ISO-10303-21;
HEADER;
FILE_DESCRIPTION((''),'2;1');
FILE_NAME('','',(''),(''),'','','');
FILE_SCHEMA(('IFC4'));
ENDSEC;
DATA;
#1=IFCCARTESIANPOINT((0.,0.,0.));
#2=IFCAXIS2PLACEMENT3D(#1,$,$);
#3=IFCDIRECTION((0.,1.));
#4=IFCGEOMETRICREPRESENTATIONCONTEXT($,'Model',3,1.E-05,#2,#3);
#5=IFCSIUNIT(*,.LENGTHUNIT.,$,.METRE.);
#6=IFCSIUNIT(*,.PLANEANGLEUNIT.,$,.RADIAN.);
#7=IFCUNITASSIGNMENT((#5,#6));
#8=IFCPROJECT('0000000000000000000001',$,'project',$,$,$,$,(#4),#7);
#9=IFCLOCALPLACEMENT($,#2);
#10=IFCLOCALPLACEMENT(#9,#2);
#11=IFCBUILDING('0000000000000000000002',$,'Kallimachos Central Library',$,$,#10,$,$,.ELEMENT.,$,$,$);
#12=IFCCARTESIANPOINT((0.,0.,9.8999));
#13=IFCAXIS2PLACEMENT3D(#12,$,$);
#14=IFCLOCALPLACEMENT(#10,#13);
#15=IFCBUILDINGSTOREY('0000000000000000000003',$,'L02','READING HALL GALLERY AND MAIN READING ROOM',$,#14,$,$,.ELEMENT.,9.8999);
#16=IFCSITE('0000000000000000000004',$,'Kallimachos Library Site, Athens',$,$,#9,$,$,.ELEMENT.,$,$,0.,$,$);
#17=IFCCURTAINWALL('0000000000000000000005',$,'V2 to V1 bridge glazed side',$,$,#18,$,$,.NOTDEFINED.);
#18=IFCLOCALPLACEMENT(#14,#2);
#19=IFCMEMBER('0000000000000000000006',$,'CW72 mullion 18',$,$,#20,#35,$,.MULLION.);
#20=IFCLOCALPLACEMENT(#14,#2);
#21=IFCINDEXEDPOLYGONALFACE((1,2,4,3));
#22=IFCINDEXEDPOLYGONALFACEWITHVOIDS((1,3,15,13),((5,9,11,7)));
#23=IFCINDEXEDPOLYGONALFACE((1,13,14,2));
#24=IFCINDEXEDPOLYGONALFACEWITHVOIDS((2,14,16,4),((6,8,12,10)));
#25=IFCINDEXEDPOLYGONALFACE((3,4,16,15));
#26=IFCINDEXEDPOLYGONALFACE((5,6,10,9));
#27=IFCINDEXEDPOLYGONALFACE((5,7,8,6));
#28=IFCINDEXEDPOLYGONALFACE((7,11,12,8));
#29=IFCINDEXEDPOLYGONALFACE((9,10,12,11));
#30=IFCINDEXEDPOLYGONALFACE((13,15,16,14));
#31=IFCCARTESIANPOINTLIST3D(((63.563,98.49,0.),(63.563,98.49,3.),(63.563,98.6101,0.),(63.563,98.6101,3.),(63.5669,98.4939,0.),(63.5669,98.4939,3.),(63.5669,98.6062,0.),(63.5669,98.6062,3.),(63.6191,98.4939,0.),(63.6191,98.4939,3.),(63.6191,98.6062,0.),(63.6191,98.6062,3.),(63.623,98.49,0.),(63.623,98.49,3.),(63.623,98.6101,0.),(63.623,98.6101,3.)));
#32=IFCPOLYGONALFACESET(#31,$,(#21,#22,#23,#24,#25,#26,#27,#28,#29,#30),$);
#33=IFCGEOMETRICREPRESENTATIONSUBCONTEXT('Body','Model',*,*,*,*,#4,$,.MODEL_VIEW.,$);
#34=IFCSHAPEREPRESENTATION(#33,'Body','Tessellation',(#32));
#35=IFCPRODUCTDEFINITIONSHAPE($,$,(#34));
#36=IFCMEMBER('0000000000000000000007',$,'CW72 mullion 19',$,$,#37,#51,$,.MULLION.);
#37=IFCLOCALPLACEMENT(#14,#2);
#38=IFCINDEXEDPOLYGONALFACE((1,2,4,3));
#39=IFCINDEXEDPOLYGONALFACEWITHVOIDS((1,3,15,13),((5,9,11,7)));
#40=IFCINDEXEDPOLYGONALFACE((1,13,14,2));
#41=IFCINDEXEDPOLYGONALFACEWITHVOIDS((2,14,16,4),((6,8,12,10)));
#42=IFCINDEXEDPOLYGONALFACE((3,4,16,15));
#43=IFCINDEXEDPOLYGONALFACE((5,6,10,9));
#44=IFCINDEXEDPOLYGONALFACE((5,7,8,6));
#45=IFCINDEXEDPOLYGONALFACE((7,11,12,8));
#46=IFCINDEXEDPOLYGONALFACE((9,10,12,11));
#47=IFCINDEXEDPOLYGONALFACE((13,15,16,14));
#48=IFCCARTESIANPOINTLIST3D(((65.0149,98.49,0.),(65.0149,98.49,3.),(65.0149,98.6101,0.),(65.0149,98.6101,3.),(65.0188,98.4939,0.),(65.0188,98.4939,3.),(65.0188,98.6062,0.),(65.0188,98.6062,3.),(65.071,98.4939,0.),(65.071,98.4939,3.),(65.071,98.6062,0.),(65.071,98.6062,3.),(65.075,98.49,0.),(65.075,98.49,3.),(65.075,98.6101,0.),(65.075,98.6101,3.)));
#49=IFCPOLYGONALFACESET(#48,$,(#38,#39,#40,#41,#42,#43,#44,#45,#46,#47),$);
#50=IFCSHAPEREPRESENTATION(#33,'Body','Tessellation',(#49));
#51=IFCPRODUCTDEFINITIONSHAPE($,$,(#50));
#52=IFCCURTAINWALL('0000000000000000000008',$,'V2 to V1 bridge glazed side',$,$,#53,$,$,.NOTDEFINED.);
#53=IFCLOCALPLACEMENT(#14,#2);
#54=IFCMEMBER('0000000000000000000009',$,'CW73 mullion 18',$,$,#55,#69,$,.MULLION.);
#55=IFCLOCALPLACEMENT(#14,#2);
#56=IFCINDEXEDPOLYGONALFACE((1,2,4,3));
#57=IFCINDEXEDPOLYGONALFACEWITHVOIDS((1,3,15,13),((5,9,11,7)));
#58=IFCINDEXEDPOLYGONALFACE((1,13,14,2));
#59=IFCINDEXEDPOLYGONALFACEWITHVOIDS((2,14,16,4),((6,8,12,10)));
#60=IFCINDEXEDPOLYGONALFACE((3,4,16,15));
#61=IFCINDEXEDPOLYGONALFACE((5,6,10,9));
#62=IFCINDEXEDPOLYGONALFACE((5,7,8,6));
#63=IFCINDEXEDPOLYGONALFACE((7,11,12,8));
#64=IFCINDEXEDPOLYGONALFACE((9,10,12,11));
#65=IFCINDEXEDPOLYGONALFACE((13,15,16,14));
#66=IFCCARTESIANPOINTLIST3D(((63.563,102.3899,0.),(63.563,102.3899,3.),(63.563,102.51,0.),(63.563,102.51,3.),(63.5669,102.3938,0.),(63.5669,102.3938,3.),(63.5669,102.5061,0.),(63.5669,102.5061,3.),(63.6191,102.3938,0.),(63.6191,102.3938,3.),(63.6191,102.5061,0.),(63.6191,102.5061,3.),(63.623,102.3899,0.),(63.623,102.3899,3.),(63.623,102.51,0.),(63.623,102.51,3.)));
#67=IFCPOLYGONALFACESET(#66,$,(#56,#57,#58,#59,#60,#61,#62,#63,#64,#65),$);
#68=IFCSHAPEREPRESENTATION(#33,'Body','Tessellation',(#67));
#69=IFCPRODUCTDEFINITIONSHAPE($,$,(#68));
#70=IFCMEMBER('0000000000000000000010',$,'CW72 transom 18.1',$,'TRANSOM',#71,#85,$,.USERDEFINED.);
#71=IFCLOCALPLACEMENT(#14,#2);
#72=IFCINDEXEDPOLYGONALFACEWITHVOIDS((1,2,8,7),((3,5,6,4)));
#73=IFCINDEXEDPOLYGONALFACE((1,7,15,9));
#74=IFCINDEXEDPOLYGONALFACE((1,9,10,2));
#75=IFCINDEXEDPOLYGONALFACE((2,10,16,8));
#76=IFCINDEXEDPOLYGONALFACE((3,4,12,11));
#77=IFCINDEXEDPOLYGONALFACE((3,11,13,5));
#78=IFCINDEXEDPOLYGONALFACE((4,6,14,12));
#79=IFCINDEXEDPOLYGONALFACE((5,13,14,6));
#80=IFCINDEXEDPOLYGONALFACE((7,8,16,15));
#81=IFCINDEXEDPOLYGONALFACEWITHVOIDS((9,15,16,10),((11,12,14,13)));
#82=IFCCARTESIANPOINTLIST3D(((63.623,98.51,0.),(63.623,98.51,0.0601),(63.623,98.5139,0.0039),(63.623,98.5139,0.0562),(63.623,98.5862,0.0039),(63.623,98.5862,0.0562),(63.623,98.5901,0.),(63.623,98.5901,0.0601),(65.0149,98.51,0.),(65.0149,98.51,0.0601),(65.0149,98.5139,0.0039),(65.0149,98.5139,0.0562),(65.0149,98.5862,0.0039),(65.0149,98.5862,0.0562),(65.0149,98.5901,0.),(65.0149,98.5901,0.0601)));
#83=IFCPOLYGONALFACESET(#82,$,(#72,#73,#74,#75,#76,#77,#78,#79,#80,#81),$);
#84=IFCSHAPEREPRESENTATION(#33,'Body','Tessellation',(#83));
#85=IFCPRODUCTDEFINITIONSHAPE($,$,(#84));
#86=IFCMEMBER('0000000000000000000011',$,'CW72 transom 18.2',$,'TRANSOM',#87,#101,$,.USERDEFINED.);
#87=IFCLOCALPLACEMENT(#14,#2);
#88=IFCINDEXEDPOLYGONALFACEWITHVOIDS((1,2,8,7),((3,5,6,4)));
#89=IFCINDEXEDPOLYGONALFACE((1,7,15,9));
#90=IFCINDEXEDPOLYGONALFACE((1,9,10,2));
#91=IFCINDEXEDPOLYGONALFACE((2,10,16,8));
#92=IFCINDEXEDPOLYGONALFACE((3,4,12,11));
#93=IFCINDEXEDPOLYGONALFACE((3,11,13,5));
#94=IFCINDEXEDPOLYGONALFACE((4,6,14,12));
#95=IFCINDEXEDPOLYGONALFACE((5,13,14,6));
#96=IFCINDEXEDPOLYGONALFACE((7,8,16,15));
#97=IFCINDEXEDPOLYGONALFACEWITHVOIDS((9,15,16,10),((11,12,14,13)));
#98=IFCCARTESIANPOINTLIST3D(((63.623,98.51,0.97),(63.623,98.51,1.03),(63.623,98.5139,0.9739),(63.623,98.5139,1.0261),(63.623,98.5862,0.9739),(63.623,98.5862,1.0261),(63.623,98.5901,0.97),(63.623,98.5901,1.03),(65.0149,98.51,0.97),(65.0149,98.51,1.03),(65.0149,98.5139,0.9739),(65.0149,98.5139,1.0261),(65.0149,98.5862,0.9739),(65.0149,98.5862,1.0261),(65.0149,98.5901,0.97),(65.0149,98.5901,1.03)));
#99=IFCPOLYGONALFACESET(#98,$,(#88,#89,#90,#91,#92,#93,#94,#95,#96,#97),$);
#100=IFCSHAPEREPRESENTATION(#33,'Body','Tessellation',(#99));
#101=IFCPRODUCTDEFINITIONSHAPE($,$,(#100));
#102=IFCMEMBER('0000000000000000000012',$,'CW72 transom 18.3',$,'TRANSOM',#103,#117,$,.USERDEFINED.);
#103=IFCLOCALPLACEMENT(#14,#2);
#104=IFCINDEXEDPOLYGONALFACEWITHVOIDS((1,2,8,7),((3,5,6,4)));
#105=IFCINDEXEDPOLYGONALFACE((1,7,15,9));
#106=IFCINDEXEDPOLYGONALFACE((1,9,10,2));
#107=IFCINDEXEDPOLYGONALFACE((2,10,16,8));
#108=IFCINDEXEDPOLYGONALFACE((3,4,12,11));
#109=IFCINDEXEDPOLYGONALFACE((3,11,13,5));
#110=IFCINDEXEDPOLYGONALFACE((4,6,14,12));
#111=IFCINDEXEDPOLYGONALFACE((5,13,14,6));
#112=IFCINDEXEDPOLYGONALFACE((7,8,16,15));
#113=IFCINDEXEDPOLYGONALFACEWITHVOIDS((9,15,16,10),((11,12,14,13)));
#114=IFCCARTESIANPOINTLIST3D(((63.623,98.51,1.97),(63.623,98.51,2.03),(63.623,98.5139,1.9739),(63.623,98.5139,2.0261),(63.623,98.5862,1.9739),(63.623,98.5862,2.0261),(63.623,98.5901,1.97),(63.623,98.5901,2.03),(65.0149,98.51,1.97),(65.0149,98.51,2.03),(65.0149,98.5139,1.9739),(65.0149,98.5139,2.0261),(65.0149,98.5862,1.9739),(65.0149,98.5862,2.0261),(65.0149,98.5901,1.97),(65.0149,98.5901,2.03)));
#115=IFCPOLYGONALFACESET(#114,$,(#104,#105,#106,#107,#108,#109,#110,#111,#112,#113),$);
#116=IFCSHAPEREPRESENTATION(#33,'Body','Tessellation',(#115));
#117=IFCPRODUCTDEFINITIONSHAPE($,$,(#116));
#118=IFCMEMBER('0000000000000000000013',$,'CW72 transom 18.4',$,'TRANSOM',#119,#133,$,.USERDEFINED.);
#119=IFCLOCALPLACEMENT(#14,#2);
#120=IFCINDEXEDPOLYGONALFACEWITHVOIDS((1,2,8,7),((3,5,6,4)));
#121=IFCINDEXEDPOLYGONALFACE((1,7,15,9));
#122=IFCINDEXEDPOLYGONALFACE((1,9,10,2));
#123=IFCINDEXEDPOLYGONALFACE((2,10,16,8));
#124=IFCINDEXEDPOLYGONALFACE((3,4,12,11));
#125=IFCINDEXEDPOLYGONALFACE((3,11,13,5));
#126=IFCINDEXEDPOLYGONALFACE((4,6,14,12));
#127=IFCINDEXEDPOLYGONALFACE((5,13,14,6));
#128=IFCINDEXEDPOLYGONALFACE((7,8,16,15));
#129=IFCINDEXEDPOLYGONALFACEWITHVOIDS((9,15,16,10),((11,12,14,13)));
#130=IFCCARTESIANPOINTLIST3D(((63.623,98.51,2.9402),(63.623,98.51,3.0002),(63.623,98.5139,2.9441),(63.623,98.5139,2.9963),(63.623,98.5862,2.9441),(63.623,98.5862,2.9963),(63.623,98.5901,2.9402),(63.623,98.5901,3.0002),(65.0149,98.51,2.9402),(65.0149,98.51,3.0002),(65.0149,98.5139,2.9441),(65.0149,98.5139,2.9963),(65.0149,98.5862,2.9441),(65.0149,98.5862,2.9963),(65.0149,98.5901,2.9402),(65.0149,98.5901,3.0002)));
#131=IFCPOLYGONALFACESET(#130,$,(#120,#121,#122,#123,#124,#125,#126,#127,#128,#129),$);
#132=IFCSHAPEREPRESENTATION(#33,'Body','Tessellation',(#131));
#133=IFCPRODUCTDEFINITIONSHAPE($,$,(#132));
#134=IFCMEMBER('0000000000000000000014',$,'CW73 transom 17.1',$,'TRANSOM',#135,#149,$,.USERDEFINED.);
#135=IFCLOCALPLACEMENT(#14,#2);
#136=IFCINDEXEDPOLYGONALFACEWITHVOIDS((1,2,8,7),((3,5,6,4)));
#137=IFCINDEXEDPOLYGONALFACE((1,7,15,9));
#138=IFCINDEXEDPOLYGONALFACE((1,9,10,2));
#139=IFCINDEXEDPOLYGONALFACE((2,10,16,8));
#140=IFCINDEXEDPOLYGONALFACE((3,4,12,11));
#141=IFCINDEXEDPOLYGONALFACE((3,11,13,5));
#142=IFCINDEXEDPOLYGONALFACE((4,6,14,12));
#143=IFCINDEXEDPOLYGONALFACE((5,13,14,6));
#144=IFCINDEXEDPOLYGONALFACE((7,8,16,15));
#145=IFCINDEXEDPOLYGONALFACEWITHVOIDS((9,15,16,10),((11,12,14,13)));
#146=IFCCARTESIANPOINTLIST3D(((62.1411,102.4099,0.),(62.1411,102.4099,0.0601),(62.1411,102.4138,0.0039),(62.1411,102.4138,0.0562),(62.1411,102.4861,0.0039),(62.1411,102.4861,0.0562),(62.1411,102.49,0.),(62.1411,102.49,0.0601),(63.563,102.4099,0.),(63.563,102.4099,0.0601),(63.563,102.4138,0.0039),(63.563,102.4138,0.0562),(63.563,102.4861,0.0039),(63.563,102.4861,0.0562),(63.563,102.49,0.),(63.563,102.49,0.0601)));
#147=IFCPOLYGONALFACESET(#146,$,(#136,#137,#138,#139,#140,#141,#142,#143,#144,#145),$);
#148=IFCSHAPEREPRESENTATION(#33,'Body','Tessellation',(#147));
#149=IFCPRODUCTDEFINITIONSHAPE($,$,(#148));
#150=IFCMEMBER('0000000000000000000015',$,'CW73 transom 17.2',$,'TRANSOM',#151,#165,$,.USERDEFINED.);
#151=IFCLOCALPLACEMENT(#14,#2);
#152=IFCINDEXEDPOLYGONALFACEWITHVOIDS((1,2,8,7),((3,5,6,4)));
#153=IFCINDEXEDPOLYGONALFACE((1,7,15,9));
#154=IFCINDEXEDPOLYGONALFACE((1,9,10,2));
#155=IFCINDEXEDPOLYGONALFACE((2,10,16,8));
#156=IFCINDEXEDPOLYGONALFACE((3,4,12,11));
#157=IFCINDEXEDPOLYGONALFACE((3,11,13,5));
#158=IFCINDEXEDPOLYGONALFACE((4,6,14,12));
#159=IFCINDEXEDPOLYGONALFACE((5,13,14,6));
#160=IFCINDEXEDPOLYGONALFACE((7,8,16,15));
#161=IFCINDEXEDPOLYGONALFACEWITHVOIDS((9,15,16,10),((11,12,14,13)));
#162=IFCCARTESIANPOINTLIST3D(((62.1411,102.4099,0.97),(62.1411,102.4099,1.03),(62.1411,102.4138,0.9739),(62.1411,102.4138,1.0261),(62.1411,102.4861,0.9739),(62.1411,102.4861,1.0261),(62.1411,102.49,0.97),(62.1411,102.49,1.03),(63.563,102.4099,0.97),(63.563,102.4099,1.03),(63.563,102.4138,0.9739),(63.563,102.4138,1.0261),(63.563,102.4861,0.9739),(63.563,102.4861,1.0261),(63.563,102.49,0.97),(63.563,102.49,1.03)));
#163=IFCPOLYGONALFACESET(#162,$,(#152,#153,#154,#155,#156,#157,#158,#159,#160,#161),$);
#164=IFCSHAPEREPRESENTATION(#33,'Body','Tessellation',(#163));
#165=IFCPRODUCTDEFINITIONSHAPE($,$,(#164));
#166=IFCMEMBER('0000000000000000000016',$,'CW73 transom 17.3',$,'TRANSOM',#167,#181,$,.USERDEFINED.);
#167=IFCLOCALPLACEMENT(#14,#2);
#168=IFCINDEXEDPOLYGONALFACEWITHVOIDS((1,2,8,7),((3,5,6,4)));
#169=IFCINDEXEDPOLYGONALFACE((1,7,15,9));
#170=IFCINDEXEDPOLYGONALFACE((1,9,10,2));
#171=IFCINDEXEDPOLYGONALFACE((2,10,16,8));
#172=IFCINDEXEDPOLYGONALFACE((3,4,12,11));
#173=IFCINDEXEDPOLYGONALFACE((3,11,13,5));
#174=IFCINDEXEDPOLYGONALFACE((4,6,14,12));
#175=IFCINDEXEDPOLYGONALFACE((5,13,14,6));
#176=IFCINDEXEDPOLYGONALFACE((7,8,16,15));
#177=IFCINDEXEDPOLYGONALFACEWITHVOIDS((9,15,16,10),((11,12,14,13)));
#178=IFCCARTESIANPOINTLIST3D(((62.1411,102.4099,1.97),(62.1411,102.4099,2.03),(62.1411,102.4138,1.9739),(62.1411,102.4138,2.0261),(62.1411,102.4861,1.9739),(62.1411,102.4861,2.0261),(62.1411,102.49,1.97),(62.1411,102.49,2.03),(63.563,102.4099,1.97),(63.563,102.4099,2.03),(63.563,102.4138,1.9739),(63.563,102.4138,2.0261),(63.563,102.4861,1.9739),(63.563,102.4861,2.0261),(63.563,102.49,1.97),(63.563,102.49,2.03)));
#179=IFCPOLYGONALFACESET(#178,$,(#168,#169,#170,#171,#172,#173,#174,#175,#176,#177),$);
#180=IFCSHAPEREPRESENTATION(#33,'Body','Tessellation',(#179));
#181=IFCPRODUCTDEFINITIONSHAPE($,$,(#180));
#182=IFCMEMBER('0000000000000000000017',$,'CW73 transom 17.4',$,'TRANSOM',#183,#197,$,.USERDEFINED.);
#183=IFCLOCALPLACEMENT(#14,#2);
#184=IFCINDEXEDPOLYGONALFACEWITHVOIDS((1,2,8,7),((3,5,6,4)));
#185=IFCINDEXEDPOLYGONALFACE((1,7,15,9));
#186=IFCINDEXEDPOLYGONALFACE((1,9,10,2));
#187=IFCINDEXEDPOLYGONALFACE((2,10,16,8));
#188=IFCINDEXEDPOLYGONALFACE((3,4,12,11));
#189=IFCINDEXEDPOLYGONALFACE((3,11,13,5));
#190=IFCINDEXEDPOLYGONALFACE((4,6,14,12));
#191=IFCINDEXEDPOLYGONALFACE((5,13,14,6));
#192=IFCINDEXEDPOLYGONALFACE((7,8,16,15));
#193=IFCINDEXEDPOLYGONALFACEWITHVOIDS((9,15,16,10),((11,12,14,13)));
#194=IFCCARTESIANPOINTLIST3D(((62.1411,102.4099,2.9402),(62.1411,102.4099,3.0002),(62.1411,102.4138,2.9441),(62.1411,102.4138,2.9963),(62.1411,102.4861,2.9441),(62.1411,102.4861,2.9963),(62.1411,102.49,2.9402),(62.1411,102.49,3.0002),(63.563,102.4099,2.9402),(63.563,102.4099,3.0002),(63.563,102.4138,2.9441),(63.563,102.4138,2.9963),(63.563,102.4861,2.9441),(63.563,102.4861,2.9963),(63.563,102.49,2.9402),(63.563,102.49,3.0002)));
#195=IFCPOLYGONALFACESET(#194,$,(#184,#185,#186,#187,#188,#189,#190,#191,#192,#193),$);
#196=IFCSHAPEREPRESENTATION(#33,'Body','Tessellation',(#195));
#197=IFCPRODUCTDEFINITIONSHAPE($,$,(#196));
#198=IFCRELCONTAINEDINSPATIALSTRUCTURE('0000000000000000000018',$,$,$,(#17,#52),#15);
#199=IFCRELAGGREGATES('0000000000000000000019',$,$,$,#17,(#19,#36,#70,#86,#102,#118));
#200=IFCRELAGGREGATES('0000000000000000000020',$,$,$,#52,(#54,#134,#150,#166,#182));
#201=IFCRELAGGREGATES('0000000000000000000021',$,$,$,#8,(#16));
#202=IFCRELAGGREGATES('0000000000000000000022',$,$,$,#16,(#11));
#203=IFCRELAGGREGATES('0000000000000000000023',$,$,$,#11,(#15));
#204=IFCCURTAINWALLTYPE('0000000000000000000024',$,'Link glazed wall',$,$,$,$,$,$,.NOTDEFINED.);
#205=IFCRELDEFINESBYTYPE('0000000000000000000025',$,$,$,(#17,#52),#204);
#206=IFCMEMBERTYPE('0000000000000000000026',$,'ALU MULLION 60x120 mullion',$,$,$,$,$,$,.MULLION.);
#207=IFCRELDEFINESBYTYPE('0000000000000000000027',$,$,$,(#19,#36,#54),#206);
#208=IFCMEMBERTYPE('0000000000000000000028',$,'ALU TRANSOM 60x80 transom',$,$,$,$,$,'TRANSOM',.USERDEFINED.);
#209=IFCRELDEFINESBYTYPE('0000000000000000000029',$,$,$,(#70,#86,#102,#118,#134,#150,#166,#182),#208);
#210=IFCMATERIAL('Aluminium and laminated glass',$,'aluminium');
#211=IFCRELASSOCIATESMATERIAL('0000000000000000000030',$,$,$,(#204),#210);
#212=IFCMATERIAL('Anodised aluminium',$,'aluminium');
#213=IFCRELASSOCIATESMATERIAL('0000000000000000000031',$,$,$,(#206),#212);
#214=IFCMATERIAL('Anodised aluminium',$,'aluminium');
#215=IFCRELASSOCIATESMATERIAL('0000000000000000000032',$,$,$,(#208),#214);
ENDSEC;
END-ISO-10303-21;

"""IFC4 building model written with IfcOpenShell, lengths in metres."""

from ifc_helpers import new_model, si_unit, direction, frame, origin, origin_2d, place, context, subcontext, project, spatial, hollow_rectangle, extrude, material, material_profile, profile_set, type_object, element, aggregate, save


model = new_model("IFC4")

# Units and contexts
model_context = context("Model", 3, precision=1e-05, world=origin(), true_north=direction((0.0, 1.0)))
body_context = subcontext(model_context, "Body", "Model", "MODEL_VIEW")
ifc_project = project(units=[si_unit("LENGTHUNIT", "METRE"), si_unit("PLANEANGLEUNIT", "RADIAN")], contexts=[model_context])

# Site, building, storey
site_placement = place(None, origin())
site = spatial("IfcSite", under=ifc_project, at=site_placement, Name="Kallimachos Library Site, Athens", CompositionType="ELEMENT", RefElevation=0.0)
building_placement = place(site_placement, origin())
building = spatial("IfcBuilding", under=site, at=building_placement, Name="Kallimachos Central Library", CompositionType="ELEMENT")
storey_placement = place(building_placement, frame((0.0, 0.0, 9.8999)))
storey = spatial("IfcBuildingStorey", under=building, at=storey_placement, Name="L02", Description="READING HALL GALLERY AND MAIN READING ROOM", CompositionType="ELEMENT", Elevation=9.8999)

# Curtain wall, members
ifc_material_1 = material(Name="Aluminium and laminated glass", Category="aluminium")
curtain_wall_type = type_object("IfcCurtainWallType", Name="Link glazed wall", PredefinedType="NOTDEFINED", material=ifc_material_1)
curtain_wall_1_placement = place(storey_placement, origin())
curtain_wall_1 = element("IfcCurtainWall", 1, at=curtain_wall_1_placement, inside=storey, type_object=curtain_wall_type, Name="V2 to V1 bridge glazed side", PredefinedType="NOTDEFINED")
ifc_material_2 = material(Name="Anodised aluminium", Category="aluminium")
ifc_material_profile_1 = material_profile(ifc_material_2, hollow_rectangle(XDim=0.0601, YDim=0.1201, WallThickness=0.0039, at=origin_2d()), Name="ALU MULLION 60x120")
ifc_profile_set_1 = profile_set([ifc_material_profile_1], Name="Anodised aluminium")
member_type_1 = type_object("IfcMemberType", Name="ALU MULLION 60x120 mullion", PredefinedType="MULLION", material=ifc_profile_set_1)
member_1_placement = place(storey_placement, frame((63.593, 98.55, 0.0), z_axis=(0.0, 0.0, 1.0), x_axis=(1.0, 0.0, 0.0)))
member_1 = element("IfcMember", 2, at=member_1_placement, type_object=member_type_1, Name="CW72 mullion 18", PredefinedType="MULLION", context=body_context, shape_type="SweptSolid", body=[
    extrude(hollow_rectangle(XDim=0.0601, YDim=0.1201, WallThickness=0.0039, at=origin_2d()), origin(), (0.0, 0.0, 1.0), 3.0),
])
member_2_placement = place(storey_placement, frame((65.0449, 98.55, 0.0), z_axis=(0.0, 0.0, 1.0), x_axis=(1.0, 0.0, 0.0)))
member_2 = element("IfcMember", 3, at=member_2_placement, type_object=member_type_1, Name="CW72 mullion 19", PredefinedType="MULLION", context=body_context, shape_type="SweptSolid", body=[
    extrude(hollow_rectangle(XDim=0.0601, YDim=0.1201, WallThickness=0.0039, at=origin_2d()), origin(), (0.0, 0.0, 1.0), 3.0),
])

# Curtain wall, member
curtain_wall_2_placement = place(storey_placement, origin())
curtain_wall_2 = element("IfcCurtainWall", 4, at=curtain_wall_2_placement, inside=storey, type_object=curtain_wall_type, Name="V2 to V1 bridge glazed side", PredefinedType="NOTDEFINED")
member_3_placement = place(storey_placement, frame((63.593, 102.45, 0.0), z_axis=(0.0, 0.0, 1.0), x_axis=(1.0, 0.0, 0.0)))
member_3 = element("IfcMember", 5, at=member_3_placement, type_object=member_type_1, Name="CW73 mullion 18", PredefinedType="MULLION", context=body_context, shape_type="SweptSolid", body=[
    extrude(hollow_rectangle(XDim=0.0601, YDim=0.1201, WallThickness=0.0039, at=origin_2d()), origin(), (0.0, 0.0, 1.0), 3.0),
])

# Members
ifc_material_3 = material(Name="Anodised aluminium", Category="aluminium")
ifc_material_profile_2 = material_profile(ifc_material_3, hollow_rectangle(XDim=0.0601, YDim=0.0801, WallThickness=0.0039, at=origin_2d()), Name="ALU TRANSOM 60x80")
ifc_profile_set_2 = profile_set([ifc_material_profile_2], Name="Anodised aluminium")
member_type_2 = type_object("IfcMemberType", Name="ALU TRANSOM 60x80 transom", ElementType="TRANSOM", PredefinedType="USERDEFINED", material=ifc_profile_set_2)
member_4_placement = place(storey_placement, frame((63.623, 98.55, 0.03), z_axis=(1.0, 0.0, 0.0), x_axis=(0.0, 0.0, 1.0)))
member_4 = element("IfcMember", 6, at=member_4_placement, type_object=member_type_2, Name="CW72 transom 18.1", ObjectType="TRANSOM", PredefinedType="USERDEFINED", context=body_context, shape_type="SweptSolid", body=[
    extrude(hollow_rectangle(XDim=0.0601, YDim=0.0801, WallThickness=0.0039, at=origin_2d()), origin(), (0.0, 0.0, 1.0), 1.3918),
])
member_5_placement = place(storey_placement, frame((63.623, 98.55, 1.0), z_axis=(1.0, 0.0, 0.0), x_axis=(0.0, 0.0, 1.0)))
member_5 = element("IfcMember", 7, at=member_5_placement, type_object=member_type_2, Name="CW72 transom 18.2", ObjectType="TRANSOM", PredefinedType="USERDEFINED", context=body_context, shape_type="SweptSolid", body=[
    extrude(hollow_rectangle(XDim=0.0601, YDim=0.0801, WallThickness=0.0039, at=origin_2d()), origin(), (0.0, 0.0, 1.0), 1.3918),
])
member_6_placement = place(storey_placement, frame((63.623, 98.55, 2.0), z_axis=(1.0, 0.0, 0.0), x_axis=(0.0, 0.0, 1.0)))
member_6 = element("IfcMember", 8, at=member_6_placement, type_object=member_type_2, Name="CW72 transom 18.3", ObjectType="TRANSOM", PredefinedType="USERDEFINED", context=body_context, shape_type="SweptSolid", body=[
    extrude(hollow_rectangle(XDim=0.0601, YDim=0.0801, WallThickness=0.0039, at=origin_2d()), origin(), (0.0, 0.0, 1.0), 1.3918),
])
member_7_placement = place(storey_placement, frame((63.623, 98.55, 2.9702), z_axis=(1.0, 0.0, 0.0), x_axis=(0.0, 0.0, 1.0)))
member_7 = element("IfcMember", 9, at=member_7_placement, type_object=member_type_2, Name="CW72 transom 18.4", ObjectType="TRANSOM", PredefinedType="USERDEFINED", context=body_context, shape_type="SweptSolid", body=[
    extrude(hollow_rectangle(XDim=0.0601, YDim=0.0801, WallThickness=0.0039, at=origin_2d()), origin(), (0.0, 0.0, 1.0), 1.3918),
])
member_8_placement = place(storey_placement, frame((62.1411, 102.45, 0.03), z_axis=(1.0, 0.0, 0.0), x_axis=(0.0, 0.0, 1.0)))
member_8 = element("IfcMember", 10, at=member_8_placement, type_object=member_type_2, Name="CW73 transom 17.1", ObjectType="TRANSOM", PredefinedType="USERDEFINED", context=body_context, shape_type="SweptSolid", body=[
    extrude(hollow_rectangle(XDim=0.0601, YDim=0.0801, WallThickness=0.0039, at=origin_2d()), origin(), (0.0, 0.0, 1.0), 1.4219),
])
member_9_placement = place(storey_placement, frame((62.1411, 102.45, 1.0), z_axis=(1.0, 0.0, 0.0), x_axis=(0.0, 0.0, 1.0)))
member_9 = element("IfcMember", 11, at=member_9_placement, type_object=member_type_2, Name="CW73 transom 17.2", ObjectType="TRANSOM", PredefinedType="USERDEFINED", context=body_context, shape_type="SweptSolid", body=[
    extrude(hollow_rectangle(XDim=0.0601, YDim=0.0801, WallThickness=0.0039, at=origin_2d()), origin(), (0.0, 0.0, 1.0), 1.4219),
])
member_10_placement = place(storey_placement, frame((62.1411, 102.45, 2.0), z_axis=(1.0, 0.0, 0.0), x_axis=(0.0, 0.0, 1.0)))
member_10 = element("IfcMember", 12, at=member_10_placement, type_object=member_type_2, Name="CW73 transom 17.3", ObjectType="TRANSOM", PredefinedType="USERDEFINED", context=body_context, shape_type="SweptSolid", body=[
    extrude(hollow_rectangle(XDim=0.0601, YDim=0.0801, WallThickness=0.0039, at=origin_2d()), origin(), (0.0, 0.0, 1.0), 1.4219),
])
member_11_placement = place(storey_placement, frame((62.1411, 102.45, 2.9702), z_axis=(1.0, 0.0, 0.0), x_axis=(0.0, 0.0, 1.0)))
member_11 = element("IfcMember", 13, at=member_11_placement, type_object=member_type_2, Name="CW73 transom 17.4", ObjectType="TRANSOM", PredefinedType="USERDEFINED", context=body_context, shape_type="SweptSolid", body=[
    extrude(hollow_rectangle(XDim=0.0601, YDim=0.0801, WallThickness=0.0039, at=origin_2d()), origin(), (0.0, 0.0, 1.0), 1.4219),
])

aggregate(curtain_wall_1, [member_1, member_2, member_4, member_5, member_6, member_7])
aggregate(curtain_wall_2, [member_3, member_8, member_9, member_10, member_11])

save(model, "model.ifc")
